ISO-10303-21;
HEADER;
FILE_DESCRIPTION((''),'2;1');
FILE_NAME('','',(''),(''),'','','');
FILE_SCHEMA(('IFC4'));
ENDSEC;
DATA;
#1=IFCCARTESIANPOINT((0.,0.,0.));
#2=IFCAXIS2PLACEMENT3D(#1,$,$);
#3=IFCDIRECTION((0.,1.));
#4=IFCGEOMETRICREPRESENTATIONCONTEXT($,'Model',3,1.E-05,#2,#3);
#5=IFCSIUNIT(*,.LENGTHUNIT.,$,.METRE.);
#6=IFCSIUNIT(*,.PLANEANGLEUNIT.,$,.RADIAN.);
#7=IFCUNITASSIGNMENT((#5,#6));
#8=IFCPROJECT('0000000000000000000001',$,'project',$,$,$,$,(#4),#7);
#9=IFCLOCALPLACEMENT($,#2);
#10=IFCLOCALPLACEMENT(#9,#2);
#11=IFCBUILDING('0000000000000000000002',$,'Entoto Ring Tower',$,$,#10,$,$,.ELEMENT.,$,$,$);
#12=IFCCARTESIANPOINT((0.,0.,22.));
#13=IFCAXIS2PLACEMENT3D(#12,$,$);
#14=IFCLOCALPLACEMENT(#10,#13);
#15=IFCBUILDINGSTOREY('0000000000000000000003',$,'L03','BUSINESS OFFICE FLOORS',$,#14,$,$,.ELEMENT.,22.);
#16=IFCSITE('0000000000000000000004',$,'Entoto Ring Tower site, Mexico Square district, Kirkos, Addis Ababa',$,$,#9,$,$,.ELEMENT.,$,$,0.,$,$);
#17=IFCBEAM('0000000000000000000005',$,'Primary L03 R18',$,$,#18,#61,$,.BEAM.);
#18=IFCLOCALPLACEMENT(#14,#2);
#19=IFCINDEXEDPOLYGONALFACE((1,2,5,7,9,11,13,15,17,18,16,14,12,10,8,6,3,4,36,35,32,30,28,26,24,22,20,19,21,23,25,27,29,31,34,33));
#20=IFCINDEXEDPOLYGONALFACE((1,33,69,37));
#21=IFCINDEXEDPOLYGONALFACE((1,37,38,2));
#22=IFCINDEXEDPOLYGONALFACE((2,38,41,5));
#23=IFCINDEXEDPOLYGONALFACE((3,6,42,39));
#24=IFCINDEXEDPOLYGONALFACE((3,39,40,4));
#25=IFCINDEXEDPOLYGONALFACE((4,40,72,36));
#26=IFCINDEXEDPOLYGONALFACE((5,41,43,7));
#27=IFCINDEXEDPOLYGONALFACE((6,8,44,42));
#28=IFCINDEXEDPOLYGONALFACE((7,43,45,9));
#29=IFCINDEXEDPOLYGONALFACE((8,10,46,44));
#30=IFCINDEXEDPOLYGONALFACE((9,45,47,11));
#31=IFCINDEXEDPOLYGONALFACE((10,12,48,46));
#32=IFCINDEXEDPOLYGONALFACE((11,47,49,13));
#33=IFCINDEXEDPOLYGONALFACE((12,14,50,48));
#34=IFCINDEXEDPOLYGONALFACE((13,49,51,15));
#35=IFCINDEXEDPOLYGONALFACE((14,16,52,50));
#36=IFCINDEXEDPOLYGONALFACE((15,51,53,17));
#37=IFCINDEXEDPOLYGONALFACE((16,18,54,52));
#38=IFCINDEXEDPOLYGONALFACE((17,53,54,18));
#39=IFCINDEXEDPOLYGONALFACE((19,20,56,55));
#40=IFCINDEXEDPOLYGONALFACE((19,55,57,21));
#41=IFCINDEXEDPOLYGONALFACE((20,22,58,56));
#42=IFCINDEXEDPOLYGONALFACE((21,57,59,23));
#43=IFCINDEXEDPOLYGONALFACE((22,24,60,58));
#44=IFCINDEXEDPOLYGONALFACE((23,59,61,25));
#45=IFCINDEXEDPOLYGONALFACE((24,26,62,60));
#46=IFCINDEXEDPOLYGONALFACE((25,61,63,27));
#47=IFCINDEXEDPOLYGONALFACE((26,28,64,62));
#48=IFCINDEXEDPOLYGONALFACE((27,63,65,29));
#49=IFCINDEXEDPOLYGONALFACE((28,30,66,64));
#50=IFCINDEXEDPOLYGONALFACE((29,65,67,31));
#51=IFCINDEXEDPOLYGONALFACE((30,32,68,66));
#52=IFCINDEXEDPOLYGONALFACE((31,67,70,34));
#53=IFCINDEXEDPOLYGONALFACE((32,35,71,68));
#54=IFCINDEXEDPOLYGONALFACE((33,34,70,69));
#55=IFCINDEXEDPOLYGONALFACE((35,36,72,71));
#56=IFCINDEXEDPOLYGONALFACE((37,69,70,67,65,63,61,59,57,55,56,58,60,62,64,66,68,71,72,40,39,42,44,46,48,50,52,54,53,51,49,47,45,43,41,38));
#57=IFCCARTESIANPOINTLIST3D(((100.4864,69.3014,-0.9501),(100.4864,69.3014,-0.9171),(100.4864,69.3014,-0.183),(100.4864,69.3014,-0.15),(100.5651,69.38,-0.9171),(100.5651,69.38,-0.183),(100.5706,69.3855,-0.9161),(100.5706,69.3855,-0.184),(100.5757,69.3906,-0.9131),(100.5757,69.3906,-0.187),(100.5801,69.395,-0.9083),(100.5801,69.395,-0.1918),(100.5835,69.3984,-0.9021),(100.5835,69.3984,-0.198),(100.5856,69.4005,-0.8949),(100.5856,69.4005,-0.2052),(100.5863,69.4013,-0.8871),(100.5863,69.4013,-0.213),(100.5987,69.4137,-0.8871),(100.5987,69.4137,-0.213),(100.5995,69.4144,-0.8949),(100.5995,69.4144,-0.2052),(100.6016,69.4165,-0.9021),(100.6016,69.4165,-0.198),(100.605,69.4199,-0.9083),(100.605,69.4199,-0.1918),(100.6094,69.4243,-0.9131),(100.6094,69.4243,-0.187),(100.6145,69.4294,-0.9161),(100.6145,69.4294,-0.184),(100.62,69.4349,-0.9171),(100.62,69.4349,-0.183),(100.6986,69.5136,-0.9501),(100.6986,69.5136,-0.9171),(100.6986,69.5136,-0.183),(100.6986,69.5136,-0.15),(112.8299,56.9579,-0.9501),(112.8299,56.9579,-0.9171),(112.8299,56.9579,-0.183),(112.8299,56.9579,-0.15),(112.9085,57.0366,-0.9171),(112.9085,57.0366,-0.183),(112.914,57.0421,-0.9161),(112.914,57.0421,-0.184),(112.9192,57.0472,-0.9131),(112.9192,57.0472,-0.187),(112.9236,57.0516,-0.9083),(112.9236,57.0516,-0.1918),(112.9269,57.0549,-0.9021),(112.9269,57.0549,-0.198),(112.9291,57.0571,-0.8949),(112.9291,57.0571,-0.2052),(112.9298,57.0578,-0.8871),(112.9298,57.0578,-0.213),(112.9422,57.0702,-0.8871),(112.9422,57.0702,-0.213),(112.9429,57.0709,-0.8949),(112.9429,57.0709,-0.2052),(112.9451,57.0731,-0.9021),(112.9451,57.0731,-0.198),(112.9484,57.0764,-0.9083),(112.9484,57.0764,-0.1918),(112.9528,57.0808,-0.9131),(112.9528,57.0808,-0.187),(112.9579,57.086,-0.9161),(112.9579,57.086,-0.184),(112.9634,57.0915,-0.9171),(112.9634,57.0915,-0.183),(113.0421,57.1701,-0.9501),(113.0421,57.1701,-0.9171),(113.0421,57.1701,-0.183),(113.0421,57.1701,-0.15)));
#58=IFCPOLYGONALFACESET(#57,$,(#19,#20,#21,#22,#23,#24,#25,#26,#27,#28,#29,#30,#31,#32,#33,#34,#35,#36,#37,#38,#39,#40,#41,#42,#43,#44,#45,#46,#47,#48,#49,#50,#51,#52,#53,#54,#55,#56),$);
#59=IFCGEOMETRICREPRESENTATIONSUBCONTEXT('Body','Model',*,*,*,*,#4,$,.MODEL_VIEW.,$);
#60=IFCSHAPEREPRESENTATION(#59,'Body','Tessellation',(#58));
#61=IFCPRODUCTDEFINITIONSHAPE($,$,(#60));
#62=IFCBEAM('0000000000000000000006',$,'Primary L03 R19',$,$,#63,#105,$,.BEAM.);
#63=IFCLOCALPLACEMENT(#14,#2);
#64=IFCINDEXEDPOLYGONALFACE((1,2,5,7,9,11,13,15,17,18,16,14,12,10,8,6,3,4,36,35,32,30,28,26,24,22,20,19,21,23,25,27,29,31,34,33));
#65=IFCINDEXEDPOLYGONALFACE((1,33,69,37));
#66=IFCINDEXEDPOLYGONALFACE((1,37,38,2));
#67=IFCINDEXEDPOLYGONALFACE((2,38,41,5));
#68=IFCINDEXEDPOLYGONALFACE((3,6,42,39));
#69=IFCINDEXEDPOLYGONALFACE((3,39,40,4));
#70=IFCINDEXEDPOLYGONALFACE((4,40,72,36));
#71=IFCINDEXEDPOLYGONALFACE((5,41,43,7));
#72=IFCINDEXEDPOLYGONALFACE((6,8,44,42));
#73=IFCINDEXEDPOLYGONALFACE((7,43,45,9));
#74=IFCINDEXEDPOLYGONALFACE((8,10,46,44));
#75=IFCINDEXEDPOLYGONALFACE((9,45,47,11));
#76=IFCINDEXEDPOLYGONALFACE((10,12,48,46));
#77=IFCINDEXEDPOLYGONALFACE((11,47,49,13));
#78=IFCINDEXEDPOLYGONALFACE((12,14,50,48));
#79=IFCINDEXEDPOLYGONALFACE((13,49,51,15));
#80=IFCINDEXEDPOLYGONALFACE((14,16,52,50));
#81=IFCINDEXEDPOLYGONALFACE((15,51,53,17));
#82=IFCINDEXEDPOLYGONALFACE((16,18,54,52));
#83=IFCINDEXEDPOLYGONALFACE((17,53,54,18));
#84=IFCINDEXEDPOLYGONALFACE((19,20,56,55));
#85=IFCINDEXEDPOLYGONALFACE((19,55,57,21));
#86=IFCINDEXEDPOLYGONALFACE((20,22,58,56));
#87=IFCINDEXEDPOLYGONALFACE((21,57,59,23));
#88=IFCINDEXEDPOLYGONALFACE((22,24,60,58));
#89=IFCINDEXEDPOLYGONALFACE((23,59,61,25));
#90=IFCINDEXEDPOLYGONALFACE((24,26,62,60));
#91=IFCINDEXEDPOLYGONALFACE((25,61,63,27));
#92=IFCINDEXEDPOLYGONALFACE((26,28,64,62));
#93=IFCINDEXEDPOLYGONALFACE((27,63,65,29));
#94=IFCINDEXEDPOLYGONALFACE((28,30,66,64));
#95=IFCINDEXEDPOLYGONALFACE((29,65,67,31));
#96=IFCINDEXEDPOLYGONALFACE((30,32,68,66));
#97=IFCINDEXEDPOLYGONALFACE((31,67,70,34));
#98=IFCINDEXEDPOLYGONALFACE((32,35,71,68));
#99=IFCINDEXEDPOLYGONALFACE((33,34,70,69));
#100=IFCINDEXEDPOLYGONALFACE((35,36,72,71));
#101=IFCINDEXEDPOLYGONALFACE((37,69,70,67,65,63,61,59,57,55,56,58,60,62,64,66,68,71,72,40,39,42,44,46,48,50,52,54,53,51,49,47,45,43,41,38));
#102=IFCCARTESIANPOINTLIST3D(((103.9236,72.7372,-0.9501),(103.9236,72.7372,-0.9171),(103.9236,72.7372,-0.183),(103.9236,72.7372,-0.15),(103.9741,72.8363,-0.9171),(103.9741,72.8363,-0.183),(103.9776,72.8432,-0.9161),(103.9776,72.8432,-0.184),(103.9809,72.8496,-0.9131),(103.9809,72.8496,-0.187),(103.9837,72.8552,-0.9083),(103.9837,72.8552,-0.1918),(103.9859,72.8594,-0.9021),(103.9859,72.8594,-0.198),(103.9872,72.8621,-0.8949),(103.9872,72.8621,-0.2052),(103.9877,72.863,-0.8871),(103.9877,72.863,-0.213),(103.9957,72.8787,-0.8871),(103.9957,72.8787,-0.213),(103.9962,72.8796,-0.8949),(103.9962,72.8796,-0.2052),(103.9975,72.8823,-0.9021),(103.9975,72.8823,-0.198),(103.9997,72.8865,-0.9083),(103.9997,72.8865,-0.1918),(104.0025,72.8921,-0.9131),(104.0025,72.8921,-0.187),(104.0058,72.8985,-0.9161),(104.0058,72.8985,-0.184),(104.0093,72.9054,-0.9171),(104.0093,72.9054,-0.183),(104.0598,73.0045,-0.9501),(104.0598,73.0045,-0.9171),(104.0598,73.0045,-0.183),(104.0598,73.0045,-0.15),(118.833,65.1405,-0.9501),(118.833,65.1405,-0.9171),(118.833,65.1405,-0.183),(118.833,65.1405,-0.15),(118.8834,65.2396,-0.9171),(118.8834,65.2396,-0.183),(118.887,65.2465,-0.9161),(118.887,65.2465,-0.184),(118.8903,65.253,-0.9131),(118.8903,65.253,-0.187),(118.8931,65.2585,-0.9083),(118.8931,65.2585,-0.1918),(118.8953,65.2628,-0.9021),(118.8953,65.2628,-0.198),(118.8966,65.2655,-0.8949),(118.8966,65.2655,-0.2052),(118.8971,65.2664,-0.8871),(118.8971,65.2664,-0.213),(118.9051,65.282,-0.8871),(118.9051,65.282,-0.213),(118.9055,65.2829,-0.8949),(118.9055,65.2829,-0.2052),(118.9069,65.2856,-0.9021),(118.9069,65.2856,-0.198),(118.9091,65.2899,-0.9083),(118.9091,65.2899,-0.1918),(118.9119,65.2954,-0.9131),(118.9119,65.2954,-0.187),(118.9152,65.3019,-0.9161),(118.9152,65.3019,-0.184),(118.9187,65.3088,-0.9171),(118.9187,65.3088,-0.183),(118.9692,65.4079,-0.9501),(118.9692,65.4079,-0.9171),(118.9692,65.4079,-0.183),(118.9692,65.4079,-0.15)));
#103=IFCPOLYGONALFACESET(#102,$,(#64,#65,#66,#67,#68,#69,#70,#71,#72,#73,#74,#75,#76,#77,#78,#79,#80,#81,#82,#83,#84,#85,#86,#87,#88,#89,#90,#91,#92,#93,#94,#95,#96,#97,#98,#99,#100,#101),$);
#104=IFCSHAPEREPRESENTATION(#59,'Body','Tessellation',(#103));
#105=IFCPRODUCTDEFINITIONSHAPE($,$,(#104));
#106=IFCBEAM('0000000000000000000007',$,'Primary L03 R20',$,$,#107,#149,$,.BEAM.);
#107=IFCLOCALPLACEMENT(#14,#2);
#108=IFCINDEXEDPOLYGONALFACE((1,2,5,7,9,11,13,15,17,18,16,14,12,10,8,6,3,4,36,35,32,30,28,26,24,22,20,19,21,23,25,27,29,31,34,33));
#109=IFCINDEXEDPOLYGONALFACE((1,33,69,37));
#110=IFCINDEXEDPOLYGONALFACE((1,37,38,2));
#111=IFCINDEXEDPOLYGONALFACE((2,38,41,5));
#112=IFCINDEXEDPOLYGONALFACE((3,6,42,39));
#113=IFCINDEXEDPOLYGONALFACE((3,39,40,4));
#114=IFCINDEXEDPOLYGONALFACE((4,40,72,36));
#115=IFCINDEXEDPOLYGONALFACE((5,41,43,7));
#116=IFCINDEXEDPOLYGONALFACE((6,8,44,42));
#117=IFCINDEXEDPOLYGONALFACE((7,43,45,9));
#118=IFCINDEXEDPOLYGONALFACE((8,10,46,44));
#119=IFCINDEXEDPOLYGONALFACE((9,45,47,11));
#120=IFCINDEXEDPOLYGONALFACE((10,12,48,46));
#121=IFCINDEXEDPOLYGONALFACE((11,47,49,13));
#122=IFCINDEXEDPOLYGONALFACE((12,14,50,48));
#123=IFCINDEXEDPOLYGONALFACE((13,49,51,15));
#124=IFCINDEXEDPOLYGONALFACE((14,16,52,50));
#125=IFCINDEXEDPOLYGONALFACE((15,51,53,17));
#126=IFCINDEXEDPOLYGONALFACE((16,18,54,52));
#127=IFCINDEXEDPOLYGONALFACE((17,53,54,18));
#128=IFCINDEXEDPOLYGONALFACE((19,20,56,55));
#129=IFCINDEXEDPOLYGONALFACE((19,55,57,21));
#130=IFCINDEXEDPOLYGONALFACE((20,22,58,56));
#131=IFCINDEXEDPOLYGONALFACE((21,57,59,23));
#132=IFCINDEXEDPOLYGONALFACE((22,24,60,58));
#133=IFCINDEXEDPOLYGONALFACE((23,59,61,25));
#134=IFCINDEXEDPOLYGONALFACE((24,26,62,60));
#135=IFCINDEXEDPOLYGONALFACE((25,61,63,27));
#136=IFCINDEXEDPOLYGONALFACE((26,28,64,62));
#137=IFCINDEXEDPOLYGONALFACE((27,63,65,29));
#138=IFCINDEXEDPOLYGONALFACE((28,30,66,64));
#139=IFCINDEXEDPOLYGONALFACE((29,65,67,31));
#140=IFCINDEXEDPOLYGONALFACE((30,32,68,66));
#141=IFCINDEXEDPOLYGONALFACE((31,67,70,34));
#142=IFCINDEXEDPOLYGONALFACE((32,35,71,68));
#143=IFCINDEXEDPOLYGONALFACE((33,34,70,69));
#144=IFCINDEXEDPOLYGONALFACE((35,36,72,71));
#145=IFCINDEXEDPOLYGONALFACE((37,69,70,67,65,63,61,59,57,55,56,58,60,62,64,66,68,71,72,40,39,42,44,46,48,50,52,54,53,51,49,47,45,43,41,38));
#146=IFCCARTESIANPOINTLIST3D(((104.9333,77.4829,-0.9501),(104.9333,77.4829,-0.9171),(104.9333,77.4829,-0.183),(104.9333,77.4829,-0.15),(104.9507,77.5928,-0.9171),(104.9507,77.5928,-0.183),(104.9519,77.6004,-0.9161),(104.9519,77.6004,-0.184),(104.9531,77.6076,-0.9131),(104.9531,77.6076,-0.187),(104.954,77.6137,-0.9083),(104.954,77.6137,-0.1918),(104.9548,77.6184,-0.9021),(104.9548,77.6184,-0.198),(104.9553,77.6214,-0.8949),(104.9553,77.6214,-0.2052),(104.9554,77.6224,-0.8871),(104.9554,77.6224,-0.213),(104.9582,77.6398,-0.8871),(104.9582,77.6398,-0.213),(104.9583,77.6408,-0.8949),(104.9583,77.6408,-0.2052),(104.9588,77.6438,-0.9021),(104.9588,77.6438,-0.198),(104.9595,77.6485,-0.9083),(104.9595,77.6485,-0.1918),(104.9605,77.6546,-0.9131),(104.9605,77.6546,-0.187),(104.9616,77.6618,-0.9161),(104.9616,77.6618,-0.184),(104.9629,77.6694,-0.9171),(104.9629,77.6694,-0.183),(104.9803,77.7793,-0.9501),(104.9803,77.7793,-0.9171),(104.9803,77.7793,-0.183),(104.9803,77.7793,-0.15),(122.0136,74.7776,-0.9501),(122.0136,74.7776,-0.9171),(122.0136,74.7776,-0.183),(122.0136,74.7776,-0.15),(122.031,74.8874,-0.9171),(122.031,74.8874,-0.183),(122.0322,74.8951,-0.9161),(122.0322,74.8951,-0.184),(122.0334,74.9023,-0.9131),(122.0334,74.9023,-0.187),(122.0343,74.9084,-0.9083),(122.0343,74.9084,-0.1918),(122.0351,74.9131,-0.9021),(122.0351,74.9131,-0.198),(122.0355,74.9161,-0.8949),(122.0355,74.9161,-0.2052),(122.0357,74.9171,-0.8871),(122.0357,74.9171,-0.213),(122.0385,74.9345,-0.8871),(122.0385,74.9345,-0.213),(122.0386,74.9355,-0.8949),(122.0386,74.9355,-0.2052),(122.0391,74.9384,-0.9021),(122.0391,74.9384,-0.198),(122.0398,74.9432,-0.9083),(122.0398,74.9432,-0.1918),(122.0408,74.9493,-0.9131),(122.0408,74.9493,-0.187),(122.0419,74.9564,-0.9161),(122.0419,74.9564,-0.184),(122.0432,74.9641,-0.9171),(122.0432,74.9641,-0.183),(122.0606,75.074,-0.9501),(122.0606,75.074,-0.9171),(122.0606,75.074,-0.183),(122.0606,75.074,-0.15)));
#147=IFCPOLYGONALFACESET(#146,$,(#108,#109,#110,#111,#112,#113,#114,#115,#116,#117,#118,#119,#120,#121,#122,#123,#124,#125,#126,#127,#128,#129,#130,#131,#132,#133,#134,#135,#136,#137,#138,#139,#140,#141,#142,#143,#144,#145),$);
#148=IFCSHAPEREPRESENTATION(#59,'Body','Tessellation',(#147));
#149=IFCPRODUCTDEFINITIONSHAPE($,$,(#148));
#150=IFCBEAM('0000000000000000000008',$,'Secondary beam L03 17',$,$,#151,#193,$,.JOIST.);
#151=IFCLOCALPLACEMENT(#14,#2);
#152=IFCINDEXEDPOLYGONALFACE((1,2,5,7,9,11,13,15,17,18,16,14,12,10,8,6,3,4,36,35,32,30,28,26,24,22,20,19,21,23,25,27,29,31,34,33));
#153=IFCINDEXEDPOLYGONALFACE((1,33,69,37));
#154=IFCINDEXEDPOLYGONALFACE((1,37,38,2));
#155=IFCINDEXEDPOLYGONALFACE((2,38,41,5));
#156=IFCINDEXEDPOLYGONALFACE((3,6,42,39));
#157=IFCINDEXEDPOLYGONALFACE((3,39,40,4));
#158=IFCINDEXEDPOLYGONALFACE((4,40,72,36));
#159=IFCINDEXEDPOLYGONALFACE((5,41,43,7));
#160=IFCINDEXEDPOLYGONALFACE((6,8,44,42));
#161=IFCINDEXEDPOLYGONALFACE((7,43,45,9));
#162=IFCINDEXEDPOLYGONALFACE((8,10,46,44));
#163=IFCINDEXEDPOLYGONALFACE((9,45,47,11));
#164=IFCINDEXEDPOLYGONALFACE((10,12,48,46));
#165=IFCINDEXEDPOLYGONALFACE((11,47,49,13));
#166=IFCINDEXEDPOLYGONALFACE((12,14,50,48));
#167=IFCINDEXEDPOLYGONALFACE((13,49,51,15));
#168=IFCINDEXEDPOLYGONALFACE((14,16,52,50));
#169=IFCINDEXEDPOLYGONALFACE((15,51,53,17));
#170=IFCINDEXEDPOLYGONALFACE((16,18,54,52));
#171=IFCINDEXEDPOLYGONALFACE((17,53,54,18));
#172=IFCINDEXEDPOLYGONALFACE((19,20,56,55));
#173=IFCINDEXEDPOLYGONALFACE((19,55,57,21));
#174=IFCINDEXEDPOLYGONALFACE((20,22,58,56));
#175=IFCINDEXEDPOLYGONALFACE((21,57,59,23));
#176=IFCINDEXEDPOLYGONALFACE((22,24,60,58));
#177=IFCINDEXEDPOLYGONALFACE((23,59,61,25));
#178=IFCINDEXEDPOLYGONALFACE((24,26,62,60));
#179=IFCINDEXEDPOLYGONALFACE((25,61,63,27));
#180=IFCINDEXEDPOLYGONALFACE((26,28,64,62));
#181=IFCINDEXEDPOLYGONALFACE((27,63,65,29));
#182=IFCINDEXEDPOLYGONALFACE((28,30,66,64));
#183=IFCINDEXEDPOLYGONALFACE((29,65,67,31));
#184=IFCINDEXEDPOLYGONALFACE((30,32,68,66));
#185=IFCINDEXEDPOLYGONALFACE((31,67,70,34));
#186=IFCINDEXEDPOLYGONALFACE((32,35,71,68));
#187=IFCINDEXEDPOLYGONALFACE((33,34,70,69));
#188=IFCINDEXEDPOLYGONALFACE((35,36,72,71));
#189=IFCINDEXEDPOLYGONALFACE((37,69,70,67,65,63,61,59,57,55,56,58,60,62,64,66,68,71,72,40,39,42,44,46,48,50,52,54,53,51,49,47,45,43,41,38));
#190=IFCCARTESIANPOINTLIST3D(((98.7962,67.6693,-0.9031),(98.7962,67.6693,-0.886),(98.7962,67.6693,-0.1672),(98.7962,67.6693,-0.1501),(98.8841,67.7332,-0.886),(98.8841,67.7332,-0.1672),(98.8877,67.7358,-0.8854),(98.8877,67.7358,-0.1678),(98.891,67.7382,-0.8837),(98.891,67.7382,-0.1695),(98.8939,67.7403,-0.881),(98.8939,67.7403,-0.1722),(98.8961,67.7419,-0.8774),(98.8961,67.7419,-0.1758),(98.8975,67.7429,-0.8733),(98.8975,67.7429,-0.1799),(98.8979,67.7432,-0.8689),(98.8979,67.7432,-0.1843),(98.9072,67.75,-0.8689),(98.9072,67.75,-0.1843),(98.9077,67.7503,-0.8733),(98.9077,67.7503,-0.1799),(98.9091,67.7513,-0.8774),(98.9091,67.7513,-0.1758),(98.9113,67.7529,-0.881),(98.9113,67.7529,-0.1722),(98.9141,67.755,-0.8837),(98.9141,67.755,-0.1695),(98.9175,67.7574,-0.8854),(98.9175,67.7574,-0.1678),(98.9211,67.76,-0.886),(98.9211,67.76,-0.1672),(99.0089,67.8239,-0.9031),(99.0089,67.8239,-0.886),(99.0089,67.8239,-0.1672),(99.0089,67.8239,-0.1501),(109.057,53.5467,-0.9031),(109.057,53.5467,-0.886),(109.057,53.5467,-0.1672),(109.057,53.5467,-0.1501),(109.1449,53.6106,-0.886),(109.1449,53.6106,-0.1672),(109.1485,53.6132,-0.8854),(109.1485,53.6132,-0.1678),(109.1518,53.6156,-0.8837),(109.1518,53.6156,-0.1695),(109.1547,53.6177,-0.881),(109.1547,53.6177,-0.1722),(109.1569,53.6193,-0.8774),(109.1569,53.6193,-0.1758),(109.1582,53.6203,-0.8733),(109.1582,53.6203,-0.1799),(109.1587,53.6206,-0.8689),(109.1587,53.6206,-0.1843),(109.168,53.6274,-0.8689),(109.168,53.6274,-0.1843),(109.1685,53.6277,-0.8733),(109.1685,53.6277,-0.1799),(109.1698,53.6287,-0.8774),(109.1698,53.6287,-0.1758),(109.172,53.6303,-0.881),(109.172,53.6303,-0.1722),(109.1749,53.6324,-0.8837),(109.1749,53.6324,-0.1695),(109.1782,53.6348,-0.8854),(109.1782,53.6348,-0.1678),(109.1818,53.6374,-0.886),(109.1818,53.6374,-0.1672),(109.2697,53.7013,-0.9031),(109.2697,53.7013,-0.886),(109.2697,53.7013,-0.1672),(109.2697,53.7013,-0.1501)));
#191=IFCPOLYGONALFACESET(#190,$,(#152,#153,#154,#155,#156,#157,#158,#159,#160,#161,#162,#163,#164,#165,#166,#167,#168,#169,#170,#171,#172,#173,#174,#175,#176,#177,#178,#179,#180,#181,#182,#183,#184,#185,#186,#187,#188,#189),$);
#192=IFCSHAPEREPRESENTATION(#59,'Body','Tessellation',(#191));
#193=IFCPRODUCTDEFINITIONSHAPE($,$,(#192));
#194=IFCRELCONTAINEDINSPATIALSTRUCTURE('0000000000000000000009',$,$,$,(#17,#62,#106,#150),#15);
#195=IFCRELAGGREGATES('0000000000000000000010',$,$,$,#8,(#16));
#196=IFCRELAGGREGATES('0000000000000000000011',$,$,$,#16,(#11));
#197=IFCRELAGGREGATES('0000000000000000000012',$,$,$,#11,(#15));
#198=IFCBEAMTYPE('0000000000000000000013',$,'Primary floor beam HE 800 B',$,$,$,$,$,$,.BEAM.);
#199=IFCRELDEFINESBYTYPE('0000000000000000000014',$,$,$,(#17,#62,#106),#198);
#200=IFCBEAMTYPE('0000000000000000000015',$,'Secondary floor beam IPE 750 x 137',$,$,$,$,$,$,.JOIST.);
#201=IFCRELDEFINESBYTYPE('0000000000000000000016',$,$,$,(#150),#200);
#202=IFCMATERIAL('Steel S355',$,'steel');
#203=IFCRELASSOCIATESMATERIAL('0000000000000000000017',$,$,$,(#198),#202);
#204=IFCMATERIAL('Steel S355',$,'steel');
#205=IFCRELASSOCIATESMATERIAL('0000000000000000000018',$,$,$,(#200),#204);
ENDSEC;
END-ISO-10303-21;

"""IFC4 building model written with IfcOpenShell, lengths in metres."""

from ifc_helpers import new_model, si_unit, direction, frame, origin, origin_2d, place, context, subcontext, project, spatial, i_section, extrude, material, material_profile, profile_set, type_object, element, save


model = new_model("IFC4")

# Units and contexts
model_context = context("Model", 3, precision=1e-05, world=origin(), true_north=direction((0.0, 1.0)))
body_context = subcontext(model_context, "Body", "Model", "MODEL_VIEW")
ifc_project = project(units=[si_unit("LENGTHUNIT", "METRE"), si_unit("PLANEANGLEUNIT", "RADIAN")], contexts=[model_context])

# Site, building, storey
site_placement = place(None, origin())
site = spatial("IfcSite", under=ifc_project, at=site_placement, Name="Entoto Ring Tower site, Mexico Square district, Kirkos, Addis Ababa", CompositionType="ELEMENT", RefElevation=0.0)
building_placement = place(site_placement, origin())
building = spatial("IfcBuilding", under=site, at=building_placement, Name="Entoto Ring Tower", CompositionType="ELEMENT")
storey_placement = place(building_placement, frame((0.0, 0.0, 22.0)))
storey = spatial("IfcBuildingStorey", under=building, at=storey_placement, Name="L03", Description="BUSINESS OFFICE FLOORS", CompositionType="ELEMENT", Elevation=22.0)

# Beams
ifc_material_1 = material(Name="Steel S355", Category="steel")
ifc_material_profile_1 = material_profile(ifc_material_1, i_section(OverallWidth=0.3, OverallDepth=0.8, WebThickness=0.0176, FlangeThickness=0.033, FilletRadius=0.03, at=origin_2d()), Name="HE 800 B")
ifc_profile_set_1 = profile_set([ifc_material_profile_1], Name="Steel S355")
beam_type_1 = type_object("IfcBeamType", Name="Primary floor beam HE 800 B", PredefinedType="BEAM", material=ifc_profile_set_1)
beam_1_placement = place(storey_placement, frame((100.5925, 69.4075, -0.55), z_axis=(0.707107, -0.707107, 0.0), x_axis=(0.707107, 0.707107, 0.0)))
element("IfcBeam", 1, at=beam_1_placement, inside=storey, type_object=beam_type_1, Name="Primary L03 R18", PredefinedType="BEAM", context=body_context, shape_type="SweptSolid", body=[
    extrude(i_section(OverallWidth=0.3, OverallDepth=0.8, WebThickness=0.0176, FlangeThickness=0.033, FilletRadius=0.03, at=origin_2d()), origin(), (0.0, 0.0, 1.0), 17.4563),
])
beam_2_placement = place(storey_placement, frame((103.9917, 72.8708, -0.55), z_axis=(0.891008, -0.453988, 0.0), x_axis=(0.453988, 0.891008, 0.0)))
element("IfcBeam", 2, at=beam_2_placement, inside=storey, type_object=beam_type_1, Name="Primary L03 R19", PredefinedType="BEAM", context=body_context, shape_type="SweptSolid", body=[
    extrude(i_section(OverallWidth=0.3, OverallDepth=0.8, WebThickness=0.0176, FlangeThickness=0.033, FilletRadius=0.03, at=origin_2d()), origin(), (0.0, 0.0, 1.0), 16.7332),
])
beam_3_placement = place(storey_placement, frame((104.9568, 77.6311, -0.55), z_axis=(0.987688, -0.156438, 0.0), x_axis=(0.156438, 0.987688, 0.0)))
element("IfcBeam", 3, at=beam_3_placement, inside=storey, type_object=beam_type_1, Name="Primary L03 R20", PredefinedType="BEAM", context=body_context, shape_type="SweptSolid", body=[
    extrude(i_section(OverallWidth=0.3, OverallDepth=0.8, WebThickness=0.0176, FlangeThickness=0.033, FilletRadius=0.03, at=origin_2d()), origin(), (0.0, 0.0, 1.0), 17.2932),
])
ifc_material_2 = material(Name="Steel S355", Category="steel")
ifc_material_profile_2 = material_profile(ifc_material_2, i_section(OverallWidth=0.2629, OverallDepth=0.7529, WebThickness=0.0115, FlangeThickness=0.0171, FilletRadius=0.0171, at=origin_2d()), Name="IPE 750 x 137")
ifc_profile_set_2 = profile_set([ifc_material_profile_2], Name="Steel S355")
beam_type_2 = type_object("IfcBeamType", Name="Secondary floor beam IPE 750 x 137", PredefinedType="JOIST", material=ifc_profile_set_2)
for number, where, z_axis, x_axis, name in (
    (4, (98.9026, 67.7466, -0.5266), (0.587789, -0.809014, 0.0), (0.809014, 0.587789, 0.0), "Secondary beam L03 17"),
):
    element("IfcBeam", number, at=place(storey_placement, frame(where, z_axis=z_axis, x_axis=x_axis)), inside=storey, type_object=beam_type_2, Name=name, PredefinedType="JOIST", context=body_context, shape_type="SweptSolid", body=[
        extrude(i_section(OverallWidth=0.2629, OverallDepth=0.7529, WebThickness=0.0115, FlangeThickness=0.0171, FilletRadius=0.0171, at=origin_2d()), origin(), (0.0, 0.0, 1.0), 17.4565),
    ])

save(model, "model.ifc")
